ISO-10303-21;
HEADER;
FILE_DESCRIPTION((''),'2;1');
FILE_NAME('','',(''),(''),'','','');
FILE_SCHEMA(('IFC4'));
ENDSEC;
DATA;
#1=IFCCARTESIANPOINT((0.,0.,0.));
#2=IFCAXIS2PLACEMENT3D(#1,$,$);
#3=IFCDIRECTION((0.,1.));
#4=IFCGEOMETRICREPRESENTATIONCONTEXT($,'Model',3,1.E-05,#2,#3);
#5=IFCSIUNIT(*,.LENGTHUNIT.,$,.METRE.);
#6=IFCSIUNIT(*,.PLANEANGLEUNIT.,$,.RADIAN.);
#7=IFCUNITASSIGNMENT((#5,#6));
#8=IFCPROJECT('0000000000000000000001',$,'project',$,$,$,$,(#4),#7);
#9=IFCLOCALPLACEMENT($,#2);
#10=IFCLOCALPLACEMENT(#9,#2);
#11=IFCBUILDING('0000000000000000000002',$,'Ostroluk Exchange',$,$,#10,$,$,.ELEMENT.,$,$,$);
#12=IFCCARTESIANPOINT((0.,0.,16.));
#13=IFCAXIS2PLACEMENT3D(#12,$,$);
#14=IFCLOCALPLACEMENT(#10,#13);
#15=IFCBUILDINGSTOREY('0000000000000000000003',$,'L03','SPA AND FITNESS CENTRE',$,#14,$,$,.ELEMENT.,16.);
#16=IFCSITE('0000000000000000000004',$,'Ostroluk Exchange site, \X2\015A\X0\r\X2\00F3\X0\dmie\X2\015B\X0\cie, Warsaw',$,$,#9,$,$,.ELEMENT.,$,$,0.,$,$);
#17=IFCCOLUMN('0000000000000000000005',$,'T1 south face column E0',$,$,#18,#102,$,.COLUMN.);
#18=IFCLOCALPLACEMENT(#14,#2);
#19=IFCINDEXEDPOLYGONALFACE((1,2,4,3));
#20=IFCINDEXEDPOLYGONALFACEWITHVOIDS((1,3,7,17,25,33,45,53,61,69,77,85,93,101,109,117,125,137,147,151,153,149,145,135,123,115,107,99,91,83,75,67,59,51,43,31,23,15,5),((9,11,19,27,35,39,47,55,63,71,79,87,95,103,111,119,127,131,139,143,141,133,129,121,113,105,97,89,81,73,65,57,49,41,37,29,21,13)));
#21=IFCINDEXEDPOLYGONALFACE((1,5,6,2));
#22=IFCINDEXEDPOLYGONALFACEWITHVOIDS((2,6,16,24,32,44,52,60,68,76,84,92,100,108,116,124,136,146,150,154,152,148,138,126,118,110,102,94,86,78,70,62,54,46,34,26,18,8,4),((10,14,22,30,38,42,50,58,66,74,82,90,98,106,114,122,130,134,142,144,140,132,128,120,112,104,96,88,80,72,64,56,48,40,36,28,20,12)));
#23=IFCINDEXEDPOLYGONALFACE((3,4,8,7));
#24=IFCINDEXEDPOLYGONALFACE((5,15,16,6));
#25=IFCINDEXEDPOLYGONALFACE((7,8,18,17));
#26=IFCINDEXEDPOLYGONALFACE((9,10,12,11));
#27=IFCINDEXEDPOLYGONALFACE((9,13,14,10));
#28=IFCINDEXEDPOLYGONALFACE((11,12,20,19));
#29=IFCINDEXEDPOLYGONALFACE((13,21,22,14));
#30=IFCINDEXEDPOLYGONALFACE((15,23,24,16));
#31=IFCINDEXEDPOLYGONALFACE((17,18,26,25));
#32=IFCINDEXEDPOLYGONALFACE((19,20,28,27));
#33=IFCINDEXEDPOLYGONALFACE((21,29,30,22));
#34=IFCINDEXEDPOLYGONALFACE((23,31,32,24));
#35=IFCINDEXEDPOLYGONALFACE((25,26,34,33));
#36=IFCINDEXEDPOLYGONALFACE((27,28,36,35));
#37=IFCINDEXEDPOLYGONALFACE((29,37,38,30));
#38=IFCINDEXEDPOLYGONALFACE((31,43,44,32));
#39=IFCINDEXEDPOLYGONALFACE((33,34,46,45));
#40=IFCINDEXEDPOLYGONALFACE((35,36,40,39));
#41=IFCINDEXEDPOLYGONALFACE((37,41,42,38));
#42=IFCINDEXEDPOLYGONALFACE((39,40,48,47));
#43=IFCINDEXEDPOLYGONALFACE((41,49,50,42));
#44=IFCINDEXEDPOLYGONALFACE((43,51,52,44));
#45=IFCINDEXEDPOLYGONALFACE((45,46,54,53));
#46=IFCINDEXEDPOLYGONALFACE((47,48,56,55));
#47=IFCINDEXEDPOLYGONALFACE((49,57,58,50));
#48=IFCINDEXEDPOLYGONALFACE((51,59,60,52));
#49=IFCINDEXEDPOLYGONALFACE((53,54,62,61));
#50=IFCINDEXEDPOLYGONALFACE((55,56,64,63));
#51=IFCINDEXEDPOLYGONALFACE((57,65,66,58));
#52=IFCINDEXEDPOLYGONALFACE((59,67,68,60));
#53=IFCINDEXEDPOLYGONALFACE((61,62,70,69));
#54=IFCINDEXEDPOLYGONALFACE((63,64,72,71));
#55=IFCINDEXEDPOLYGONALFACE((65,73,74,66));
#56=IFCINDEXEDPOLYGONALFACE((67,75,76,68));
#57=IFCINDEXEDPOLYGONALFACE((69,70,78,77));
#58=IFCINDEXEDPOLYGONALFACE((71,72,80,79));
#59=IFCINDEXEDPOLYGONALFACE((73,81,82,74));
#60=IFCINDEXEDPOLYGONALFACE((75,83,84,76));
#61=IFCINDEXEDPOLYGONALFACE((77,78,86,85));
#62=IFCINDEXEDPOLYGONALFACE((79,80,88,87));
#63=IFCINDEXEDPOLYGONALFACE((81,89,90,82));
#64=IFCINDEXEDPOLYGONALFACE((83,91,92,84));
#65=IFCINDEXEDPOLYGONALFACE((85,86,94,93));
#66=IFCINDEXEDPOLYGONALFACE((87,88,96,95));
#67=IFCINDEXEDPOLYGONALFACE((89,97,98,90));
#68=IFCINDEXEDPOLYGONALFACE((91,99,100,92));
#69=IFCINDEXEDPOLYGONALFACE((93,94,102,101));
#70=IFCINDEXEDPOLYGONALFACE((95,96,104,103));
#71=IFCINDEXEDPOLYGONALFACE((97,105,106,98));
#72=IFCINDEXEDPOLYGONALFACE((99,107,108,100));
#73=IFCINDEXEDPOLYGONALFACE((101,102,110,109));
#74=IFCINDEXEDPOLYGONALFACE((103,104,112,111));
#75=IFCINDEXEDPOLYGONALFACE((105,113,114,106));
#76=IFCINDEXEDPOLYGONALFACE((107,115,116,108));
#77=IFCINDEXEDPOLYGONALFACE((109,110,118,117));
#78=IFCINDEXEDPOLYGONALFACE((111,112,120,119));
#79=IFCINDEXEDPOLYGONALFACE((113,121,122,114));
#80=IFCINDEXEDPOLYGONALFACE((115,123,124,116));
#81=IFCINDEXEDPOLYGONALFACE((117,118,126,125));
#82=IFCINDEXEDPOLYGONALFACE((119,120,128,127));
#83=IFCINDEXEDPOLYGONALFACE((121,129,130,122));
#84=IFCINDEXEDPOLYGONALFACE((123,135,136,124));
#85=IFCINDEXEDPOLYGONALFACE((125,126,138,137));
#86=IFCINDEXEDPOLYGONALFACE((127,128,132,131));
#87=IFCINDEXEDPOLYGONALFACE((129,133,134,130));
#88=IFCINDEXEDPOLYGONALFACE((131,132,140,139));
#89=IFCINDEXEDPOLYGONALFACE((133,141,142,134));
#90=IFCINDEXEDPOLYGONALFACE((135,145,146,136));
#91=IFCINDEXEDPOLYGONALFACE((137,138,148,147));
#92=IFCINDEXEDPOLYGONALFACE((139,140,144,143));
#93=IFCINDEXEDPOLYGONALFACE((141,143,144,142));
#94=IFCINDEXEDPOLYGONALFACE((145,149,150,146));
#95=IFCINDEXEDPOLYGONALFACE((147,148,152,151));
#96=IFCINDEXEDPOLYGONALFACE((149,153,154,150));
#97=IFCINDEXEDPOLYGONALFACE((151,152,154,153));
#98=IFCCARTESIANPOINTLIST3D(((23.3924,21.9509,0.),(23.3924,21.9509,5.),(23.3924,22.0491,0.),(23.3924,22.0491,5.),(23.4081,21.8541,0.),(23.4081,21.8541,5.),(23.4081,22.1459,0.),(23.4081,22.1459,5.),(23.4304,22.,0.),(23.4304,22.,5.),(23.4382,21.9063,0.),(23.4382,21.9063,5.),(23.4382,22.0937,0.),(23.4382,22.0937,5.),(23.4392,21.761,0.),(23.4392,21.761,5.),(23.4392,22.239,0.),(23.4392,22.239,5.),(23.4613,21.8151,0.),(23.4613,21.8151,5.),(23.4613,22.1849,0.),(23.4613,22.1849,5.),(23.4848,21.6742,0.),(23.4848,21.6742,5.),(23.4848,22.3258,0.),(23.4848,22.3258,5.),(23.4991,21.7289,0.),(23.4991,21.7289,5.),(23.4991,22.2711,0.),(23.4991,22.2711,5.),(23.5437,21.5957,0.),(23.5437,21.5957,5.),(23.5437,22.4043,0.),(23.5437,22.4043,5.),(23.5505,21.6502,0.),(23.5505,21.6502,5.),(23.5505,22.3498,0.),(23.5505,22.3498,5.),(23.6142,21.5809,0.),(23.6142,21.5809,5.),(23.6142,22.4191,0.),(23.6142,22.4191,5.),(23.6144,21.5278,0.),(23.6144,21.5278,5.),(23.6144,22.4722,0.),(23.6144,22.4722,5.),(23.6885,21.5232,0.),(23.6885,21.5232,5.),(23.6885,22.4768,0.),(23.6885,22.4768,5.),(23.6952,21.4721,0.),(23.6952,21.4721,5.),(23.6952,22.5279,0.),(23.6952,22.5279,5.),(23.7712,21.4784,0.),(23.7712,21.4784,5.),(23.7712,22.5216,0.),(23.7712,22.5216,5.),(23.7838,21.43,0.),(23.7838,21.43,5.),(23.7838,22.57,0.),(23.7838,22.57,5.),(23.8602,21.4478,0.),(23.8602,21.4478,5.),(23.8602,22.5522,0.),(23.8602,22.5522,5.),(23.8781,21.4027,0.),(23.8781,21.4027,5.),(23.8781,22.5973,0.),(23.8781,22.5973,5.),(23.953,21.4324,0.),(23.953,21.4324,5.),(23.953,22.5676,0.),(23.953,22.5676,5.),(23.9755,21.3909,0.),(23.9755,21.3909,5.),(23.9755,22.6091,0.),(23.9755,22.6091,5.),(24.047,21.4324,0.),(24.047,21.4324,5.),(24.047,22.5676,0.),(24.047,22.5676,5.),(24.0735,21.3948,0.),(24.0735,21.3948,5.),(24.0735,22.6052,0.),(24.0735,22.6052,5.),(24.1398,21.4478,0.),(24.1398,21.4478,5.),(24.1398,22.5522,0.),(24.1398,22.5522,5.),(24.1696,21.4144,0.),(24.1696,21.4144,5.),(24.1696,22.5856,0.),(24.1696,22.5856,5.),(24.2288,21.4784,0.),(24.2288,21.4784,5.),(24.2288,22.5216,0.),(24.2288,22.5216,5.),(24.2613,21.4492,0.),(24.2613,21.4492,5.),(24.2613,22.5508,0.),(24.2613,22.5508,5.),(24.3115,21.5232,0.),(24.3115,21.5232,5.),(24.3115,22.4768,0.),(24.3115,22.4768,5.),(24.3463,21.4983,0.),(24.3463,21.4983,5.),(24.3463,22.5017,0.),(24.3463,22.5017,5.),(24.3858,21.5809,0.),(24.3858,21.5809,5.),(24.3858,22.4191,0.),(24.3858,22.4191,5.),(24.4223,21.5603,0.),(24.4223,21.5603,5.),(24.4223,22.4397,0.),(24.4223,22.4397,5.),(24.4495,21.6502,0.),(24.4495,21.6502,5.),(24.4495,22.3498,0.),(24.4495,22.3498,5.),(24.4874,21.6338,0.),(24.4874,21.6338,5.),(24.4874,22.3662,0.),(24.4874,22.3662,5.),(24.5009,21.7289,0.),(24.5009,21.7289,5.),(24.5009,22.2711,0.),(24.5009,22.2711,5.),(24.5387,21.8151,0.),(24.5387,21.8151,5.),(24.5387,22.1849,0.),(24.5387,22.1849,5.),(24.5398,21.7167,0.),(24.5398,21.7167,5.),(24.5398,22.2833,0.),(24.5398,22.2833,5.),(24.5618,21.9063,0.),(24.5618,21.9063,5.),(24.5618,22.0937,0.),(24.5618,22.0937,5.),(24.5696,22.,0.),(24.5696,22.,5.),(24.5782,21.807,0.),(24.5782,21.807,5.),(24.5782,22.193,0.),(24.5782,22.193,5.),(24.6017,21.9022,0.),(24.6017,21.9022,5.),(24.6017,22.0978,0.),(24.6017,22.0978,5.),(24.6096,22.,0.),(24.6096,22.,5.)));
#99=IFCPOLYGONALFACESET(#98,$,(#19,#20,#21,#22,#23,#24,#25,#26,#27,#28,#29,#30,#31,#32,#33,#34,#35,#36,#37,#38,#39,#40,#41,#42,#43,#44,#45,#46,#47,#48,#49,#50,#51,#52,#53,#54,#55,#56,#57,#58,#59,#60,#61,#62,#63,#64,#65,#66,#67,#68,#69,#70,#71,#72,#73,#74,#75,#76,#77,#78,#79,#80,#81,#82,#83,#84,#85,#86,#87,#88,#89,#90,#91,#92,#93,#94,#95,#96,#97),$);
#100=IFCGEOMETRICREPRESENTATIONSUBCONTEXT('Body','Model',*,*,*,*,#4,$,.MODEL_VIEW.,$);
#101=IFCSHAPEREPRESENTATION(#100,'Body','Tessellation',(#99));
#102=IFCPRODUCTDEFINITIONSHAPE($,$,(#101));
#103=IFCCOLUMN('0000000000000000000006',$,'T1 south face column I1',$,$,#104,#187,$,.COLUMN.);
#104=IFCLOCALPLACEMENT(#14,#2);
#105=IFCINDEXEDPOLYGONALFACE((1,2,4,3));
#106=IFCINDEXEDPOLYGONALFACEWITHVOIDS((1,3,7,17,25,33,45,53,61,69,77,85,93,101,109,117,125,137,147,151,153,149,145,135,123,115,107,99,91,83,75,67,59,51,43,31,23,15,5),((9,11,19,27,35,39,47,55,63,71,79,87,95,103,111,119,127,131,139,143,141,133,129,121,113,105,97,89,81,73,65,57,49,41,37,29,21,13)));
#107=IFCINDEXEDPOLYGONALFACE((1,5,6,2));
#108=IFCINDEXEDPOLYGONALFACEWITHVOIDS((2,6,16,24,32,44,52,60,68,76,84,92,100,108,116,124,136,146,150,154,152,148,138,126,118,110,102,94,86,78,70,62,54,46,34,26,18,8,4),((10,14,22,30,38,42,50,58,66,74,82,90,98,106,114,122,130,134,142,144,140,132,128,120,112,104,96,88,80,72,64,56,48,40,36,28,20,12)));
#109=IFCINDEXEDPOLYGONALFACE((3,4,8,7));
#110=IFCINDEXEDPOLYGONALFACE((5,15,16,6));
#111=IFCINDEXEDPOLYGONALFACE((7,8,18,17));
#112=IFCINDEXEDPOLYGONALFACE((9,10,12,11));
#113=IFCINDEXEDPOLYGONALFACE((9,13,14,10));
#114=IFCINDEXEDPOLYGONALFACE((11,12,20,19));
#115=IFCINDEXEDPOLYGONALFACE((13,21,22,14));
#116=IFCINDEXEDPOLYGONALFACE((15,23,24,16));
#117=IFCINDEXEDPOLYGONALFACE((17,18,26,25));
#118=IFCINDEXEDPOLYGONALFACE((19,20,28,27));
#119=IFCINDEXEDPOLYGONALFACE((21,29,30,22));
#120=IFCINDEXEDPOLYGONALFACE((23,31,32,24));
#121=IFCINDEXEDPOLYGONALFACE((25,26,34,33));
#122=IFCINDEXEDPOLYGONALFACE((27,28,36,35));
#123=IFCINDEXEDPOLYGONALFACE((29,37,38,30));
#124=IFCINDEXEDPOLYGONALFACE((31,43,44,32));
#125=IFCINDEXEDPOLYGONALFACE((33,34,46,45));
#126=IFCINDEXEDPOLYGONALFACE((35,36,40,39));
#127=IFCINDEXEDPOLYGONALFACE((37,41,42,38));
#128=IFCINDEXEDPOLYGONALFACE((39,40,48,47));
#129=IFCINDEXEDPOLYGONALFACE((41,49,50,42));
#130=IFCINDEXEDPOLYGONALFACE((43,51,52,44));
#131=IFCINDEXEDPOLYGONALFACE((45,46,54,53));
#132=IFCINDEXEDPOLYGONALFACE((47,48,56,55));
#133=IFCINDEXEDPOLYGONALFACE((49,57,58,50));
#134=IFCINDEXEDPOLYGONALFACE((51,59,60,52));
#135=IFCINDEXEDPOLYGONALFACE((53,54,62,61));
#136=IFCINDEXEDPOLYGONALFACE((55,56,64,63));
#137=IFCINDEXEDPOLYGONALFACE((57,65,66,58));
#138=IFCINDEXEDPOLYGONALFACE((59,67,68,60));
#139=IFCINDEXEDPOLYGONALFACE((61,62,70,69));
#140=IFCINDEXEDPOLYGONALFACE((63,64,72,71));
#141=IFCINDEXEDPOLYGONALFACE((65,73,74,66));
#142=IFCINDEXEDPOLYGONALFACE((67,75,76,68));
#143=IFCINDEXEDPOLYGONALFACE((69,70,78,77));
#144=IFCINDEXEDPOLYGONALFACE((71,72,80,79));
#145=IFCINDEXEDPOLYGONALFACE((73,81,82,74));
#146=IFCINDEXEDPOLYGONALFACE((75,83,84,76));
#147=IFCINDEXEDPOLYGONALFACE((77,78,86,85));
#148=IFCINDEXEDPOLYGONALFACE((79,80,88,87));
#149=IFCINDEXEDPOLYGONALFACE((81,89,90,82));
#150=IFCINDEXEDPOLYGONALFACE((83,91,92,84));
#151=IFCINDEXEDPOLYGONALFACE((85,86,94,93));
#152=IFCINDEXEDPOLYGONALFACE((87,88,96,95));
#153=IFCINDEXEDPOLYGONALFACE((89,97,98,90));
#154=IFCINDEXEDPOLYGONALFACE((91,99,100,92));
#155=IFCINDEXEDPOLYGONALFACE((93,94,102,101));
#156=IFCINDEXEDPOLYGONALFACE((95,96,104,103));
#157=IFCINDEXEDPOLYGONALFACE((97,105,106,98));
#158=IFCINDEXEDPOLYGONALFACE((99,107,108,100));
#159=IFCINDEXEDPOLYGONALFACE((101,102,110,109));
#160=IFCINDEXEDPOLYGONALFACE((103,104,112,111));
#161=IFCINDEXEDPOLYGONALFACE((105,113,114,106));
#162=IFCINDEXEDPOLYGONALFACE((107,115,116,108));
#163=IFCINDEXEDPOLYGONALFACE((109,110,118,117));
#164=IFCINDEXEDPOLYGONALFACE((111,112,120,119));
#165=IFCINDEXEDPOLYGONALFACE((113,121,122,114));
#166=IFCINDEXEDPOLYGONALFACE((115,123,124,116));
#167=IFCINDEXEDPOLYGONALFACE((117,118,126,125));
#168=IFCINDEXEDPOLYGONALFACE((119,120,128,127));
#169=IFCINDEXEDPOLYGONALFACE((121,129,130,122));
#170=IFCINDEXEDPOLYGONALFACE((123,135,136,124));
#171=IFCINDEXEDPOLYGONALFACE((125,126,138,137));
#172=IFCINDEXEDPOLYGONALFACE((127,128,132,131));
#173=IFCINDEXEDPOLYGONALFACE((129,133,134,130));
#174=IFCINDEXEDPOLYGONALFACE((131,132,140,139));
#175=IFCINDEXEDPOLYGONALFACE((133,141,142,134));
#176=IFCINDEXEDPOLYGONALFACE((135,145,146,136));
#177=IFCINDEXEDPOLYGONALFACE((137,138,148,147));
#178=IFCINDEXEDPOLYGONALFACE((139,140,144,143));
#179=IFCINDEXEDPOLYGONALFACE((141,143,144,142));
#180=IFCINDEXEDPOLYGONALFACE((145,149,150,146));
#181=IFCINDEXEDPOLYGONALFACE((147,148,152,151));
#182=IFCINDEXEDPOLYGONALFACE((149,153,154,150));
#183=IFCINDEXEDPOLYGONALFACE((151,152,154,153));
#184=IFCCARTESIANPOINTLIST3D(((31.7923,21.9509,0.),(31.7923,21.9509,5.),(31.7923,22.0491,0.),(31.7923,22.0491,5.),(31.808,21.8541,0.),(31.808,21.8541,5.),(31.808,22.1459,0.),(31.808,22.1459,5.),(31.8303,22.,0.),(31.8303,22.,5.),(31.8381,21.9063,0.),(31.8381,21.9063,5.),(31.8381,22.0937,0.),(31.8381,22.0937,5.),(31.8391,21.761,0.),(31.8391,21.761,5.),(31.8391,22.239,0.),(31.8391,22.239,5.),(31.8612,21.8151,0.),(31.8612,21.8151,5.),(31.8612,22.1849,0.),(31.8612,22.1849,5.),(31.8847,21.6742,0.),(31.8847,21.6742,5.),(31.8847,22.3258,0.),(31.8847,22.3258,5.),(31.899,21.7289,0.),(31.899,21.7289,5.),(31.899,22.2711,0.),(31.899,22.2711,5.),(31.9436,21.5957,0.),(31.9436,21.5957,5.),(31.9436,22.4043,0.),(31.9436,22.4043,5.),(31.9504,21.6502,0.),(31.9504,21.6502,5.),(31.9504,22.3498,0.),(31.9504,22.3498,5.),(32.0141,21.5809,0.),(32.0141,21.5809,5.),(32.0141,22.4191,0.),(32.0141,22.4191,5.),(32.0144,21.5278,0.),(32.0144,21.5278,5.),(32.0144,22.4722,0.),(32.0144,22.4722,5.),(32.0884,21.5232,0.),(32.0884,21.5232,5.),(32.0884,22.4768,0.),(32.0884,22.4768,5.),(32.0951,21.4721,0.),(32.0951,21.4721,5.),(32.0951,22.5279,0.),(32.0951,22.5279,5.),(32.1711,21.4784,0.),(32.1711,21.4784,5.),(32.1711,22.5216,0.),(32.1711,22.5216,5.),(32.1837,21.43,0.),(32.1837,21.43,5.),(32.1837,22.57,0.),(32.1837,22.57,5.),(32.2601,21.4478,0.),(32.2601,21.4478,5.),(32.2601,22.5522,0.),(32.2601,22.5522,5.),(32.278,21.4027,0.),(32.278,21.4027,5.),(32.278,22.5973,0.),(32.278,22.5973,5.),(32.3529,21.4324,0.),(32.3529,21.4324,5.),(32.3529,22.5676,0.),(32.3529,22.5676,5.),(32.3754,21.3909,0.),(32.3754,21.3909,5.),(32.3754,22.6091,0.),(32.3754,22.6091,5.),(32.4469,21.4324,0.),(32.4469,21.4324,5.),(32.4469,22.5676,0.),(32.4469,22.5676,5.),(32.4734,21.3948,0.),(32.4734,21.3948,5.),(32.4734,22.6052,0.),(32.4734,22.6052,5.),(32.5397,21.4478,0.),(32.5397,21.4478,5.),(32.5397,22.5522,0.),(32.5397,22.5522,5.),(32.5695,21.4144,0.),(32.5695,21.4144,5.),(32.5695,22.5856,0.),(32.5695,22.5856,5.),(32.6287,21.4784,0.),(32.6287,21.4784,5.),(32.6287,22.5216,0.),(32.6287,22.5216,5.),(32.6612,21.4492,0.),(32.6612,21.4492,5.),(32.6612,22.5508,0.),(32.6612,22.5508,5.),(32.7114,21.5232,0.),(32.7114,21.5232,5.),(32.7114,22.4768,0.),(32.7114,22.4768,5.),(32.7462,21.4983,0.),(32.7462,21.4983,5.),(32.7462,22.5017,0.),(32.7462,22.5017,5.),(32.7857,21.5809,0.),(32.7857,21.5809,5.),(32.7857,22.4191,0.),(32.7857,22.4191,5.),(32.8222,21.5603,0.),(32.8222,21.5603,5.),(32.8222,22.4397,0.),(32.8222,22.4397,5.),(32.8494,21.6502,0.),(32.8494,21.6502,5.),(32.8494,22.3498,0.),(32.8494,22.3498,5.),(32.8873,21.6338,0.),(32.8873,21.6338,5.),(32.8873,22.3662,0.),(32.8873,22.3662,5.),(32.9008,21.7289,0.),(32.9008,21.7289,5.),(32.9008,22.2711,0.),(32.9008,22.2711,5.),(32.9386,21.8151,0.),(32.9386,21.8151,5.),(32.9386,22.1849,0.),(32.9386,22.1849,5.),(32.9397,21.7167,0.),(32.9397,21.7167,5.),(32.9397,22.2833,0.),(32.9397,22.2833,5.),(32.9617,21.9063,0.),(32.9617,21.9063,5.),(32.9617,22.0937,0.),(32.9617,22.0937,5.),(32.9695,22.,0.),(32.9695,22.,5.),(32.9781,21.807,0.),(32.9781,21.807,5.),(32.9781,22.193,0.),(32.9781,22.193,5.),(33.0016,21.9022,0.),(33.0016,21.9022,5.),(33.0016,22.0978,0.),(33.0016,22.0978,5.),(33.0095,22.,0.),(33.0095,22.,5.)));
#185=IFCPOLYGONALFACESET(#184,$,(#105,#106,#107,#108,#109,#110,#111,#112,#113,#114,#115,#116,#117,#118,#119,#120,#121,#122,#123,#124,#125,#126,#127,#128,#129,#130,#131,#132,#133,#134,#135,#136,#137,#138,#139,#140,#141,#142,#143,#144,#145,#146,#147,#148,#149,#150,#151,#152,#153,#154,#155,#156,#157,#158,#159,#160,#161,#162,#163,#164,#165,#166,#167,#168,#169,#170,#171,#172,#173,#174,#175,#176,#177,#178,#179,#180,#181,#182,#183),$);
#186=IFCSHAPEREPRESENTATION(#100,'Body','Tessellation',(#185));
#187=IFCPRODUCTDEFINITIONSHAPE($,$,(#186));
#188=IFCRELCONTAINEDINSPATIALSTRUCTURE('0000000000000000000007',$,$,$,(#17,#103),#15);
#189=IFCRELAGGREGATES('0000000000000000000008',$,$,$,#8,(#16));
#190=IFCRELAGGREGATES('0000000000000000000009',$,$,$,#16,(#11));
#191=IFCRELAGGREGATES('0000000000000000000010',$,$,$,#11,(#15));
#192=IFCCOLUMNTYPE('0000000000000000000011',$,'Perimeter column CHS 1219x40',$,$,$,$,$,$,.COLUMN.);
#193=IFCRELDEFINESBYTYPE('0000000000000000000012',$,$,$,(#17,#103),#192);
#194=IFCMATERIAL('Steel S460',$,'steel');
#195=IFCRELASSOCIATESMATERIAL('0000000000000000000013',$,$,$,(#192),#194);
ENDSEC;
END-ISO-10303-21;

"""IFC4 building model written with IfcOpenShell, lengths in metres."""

from ifc_helpers import new_model, si_unit, direction, frame, origin, origin_2d, place, context, subcontext, project, spatial, hollow_circle, extrude, material, material_profile, profile_set, type_object, element, save


model = new_model("IFC4")

# Units and contexts
model_context = context("Model", 3, precision=1e-05, world=origin(), true_north=direction((0.0, 1.0)))
body_context = subcontext(model_context, "Body", "Model", "MODEL_VIEW")
ifc_project = project(units=[si_unit("LENGTHUNIT", "METRE"), si_unit("PLANEANGLEUNIT", "RADIAN")], contexts=[model_context])

# Site, building, storey
site_placement = place(None, origin())
site = spatial("IfcSite", under=ifc_project, at=site_placement, Name="Ostroluk Exchange site, Śródmieście, Warsaw", CompositionType="ELEMENT", RefElevation=0.0)
building_placement = place(site_placement, origin())
building = spatial("IfcBuilding", under=site, at=building_placement, Name="Ostroluk Exchange", CompositionType="ELEMENT")
storey_placement = place(building_placement, frame((0.0, 0.0, 16.0)))
storey = spatial("IfcBuildingStorey", under=building, at=storey_placement, Name="L03", Description="SPA AND FITNESS CENTRE", CompositionType="ELEMENT", Elevation=16.0)

# Columns
ifc_material_1 = material(Name="Steel S460", Category="steel")
ifc_material_profile_1 = material_profile(ifc_material_1, hollow_circle(Radius=0.6096, WallThickness=0.04, at=origin_2d()), Name="CHS 1219x40")
ifc_profile_set_1 = profile_set([ifc_material_profile_1], Name="Steel S460")
column_type = type_object("IfcColumnType", Name="Perimeter column CHS 1219x40", PredefinedType="COLUMN", material=ifc_profile_set_1)
for number, where, z_axis, x_axis, name in (
    (1, (24.0, 22.0, 0.0), (0.0, 0.0, 1.0), (1.0, 0.0, 0.0), "T1 south face column E0"),
    (2, (32.3999, 22.0, 0.0), (0.0, 0.0, 1.0), (1.0, 0.0, 0.0), "T1 south face column I1"),
):
    element("IfcColumn", number, at=place(storey_placement, frame(where, z_axis=z_axis, x_axis=x_axis)), inside=storey, type_object=column_type, Name=name, PredefinedType="COLUMN", context=body_context, shape_type="SweptSolid", body=[
        extrude(hollow_circle(Radius=0.6096, WallThickness=0.04, at=origin_2d()), origin(), (0.0, 0.0, 1.0), 5.0),
    ])

save(model, "model.ifc")
